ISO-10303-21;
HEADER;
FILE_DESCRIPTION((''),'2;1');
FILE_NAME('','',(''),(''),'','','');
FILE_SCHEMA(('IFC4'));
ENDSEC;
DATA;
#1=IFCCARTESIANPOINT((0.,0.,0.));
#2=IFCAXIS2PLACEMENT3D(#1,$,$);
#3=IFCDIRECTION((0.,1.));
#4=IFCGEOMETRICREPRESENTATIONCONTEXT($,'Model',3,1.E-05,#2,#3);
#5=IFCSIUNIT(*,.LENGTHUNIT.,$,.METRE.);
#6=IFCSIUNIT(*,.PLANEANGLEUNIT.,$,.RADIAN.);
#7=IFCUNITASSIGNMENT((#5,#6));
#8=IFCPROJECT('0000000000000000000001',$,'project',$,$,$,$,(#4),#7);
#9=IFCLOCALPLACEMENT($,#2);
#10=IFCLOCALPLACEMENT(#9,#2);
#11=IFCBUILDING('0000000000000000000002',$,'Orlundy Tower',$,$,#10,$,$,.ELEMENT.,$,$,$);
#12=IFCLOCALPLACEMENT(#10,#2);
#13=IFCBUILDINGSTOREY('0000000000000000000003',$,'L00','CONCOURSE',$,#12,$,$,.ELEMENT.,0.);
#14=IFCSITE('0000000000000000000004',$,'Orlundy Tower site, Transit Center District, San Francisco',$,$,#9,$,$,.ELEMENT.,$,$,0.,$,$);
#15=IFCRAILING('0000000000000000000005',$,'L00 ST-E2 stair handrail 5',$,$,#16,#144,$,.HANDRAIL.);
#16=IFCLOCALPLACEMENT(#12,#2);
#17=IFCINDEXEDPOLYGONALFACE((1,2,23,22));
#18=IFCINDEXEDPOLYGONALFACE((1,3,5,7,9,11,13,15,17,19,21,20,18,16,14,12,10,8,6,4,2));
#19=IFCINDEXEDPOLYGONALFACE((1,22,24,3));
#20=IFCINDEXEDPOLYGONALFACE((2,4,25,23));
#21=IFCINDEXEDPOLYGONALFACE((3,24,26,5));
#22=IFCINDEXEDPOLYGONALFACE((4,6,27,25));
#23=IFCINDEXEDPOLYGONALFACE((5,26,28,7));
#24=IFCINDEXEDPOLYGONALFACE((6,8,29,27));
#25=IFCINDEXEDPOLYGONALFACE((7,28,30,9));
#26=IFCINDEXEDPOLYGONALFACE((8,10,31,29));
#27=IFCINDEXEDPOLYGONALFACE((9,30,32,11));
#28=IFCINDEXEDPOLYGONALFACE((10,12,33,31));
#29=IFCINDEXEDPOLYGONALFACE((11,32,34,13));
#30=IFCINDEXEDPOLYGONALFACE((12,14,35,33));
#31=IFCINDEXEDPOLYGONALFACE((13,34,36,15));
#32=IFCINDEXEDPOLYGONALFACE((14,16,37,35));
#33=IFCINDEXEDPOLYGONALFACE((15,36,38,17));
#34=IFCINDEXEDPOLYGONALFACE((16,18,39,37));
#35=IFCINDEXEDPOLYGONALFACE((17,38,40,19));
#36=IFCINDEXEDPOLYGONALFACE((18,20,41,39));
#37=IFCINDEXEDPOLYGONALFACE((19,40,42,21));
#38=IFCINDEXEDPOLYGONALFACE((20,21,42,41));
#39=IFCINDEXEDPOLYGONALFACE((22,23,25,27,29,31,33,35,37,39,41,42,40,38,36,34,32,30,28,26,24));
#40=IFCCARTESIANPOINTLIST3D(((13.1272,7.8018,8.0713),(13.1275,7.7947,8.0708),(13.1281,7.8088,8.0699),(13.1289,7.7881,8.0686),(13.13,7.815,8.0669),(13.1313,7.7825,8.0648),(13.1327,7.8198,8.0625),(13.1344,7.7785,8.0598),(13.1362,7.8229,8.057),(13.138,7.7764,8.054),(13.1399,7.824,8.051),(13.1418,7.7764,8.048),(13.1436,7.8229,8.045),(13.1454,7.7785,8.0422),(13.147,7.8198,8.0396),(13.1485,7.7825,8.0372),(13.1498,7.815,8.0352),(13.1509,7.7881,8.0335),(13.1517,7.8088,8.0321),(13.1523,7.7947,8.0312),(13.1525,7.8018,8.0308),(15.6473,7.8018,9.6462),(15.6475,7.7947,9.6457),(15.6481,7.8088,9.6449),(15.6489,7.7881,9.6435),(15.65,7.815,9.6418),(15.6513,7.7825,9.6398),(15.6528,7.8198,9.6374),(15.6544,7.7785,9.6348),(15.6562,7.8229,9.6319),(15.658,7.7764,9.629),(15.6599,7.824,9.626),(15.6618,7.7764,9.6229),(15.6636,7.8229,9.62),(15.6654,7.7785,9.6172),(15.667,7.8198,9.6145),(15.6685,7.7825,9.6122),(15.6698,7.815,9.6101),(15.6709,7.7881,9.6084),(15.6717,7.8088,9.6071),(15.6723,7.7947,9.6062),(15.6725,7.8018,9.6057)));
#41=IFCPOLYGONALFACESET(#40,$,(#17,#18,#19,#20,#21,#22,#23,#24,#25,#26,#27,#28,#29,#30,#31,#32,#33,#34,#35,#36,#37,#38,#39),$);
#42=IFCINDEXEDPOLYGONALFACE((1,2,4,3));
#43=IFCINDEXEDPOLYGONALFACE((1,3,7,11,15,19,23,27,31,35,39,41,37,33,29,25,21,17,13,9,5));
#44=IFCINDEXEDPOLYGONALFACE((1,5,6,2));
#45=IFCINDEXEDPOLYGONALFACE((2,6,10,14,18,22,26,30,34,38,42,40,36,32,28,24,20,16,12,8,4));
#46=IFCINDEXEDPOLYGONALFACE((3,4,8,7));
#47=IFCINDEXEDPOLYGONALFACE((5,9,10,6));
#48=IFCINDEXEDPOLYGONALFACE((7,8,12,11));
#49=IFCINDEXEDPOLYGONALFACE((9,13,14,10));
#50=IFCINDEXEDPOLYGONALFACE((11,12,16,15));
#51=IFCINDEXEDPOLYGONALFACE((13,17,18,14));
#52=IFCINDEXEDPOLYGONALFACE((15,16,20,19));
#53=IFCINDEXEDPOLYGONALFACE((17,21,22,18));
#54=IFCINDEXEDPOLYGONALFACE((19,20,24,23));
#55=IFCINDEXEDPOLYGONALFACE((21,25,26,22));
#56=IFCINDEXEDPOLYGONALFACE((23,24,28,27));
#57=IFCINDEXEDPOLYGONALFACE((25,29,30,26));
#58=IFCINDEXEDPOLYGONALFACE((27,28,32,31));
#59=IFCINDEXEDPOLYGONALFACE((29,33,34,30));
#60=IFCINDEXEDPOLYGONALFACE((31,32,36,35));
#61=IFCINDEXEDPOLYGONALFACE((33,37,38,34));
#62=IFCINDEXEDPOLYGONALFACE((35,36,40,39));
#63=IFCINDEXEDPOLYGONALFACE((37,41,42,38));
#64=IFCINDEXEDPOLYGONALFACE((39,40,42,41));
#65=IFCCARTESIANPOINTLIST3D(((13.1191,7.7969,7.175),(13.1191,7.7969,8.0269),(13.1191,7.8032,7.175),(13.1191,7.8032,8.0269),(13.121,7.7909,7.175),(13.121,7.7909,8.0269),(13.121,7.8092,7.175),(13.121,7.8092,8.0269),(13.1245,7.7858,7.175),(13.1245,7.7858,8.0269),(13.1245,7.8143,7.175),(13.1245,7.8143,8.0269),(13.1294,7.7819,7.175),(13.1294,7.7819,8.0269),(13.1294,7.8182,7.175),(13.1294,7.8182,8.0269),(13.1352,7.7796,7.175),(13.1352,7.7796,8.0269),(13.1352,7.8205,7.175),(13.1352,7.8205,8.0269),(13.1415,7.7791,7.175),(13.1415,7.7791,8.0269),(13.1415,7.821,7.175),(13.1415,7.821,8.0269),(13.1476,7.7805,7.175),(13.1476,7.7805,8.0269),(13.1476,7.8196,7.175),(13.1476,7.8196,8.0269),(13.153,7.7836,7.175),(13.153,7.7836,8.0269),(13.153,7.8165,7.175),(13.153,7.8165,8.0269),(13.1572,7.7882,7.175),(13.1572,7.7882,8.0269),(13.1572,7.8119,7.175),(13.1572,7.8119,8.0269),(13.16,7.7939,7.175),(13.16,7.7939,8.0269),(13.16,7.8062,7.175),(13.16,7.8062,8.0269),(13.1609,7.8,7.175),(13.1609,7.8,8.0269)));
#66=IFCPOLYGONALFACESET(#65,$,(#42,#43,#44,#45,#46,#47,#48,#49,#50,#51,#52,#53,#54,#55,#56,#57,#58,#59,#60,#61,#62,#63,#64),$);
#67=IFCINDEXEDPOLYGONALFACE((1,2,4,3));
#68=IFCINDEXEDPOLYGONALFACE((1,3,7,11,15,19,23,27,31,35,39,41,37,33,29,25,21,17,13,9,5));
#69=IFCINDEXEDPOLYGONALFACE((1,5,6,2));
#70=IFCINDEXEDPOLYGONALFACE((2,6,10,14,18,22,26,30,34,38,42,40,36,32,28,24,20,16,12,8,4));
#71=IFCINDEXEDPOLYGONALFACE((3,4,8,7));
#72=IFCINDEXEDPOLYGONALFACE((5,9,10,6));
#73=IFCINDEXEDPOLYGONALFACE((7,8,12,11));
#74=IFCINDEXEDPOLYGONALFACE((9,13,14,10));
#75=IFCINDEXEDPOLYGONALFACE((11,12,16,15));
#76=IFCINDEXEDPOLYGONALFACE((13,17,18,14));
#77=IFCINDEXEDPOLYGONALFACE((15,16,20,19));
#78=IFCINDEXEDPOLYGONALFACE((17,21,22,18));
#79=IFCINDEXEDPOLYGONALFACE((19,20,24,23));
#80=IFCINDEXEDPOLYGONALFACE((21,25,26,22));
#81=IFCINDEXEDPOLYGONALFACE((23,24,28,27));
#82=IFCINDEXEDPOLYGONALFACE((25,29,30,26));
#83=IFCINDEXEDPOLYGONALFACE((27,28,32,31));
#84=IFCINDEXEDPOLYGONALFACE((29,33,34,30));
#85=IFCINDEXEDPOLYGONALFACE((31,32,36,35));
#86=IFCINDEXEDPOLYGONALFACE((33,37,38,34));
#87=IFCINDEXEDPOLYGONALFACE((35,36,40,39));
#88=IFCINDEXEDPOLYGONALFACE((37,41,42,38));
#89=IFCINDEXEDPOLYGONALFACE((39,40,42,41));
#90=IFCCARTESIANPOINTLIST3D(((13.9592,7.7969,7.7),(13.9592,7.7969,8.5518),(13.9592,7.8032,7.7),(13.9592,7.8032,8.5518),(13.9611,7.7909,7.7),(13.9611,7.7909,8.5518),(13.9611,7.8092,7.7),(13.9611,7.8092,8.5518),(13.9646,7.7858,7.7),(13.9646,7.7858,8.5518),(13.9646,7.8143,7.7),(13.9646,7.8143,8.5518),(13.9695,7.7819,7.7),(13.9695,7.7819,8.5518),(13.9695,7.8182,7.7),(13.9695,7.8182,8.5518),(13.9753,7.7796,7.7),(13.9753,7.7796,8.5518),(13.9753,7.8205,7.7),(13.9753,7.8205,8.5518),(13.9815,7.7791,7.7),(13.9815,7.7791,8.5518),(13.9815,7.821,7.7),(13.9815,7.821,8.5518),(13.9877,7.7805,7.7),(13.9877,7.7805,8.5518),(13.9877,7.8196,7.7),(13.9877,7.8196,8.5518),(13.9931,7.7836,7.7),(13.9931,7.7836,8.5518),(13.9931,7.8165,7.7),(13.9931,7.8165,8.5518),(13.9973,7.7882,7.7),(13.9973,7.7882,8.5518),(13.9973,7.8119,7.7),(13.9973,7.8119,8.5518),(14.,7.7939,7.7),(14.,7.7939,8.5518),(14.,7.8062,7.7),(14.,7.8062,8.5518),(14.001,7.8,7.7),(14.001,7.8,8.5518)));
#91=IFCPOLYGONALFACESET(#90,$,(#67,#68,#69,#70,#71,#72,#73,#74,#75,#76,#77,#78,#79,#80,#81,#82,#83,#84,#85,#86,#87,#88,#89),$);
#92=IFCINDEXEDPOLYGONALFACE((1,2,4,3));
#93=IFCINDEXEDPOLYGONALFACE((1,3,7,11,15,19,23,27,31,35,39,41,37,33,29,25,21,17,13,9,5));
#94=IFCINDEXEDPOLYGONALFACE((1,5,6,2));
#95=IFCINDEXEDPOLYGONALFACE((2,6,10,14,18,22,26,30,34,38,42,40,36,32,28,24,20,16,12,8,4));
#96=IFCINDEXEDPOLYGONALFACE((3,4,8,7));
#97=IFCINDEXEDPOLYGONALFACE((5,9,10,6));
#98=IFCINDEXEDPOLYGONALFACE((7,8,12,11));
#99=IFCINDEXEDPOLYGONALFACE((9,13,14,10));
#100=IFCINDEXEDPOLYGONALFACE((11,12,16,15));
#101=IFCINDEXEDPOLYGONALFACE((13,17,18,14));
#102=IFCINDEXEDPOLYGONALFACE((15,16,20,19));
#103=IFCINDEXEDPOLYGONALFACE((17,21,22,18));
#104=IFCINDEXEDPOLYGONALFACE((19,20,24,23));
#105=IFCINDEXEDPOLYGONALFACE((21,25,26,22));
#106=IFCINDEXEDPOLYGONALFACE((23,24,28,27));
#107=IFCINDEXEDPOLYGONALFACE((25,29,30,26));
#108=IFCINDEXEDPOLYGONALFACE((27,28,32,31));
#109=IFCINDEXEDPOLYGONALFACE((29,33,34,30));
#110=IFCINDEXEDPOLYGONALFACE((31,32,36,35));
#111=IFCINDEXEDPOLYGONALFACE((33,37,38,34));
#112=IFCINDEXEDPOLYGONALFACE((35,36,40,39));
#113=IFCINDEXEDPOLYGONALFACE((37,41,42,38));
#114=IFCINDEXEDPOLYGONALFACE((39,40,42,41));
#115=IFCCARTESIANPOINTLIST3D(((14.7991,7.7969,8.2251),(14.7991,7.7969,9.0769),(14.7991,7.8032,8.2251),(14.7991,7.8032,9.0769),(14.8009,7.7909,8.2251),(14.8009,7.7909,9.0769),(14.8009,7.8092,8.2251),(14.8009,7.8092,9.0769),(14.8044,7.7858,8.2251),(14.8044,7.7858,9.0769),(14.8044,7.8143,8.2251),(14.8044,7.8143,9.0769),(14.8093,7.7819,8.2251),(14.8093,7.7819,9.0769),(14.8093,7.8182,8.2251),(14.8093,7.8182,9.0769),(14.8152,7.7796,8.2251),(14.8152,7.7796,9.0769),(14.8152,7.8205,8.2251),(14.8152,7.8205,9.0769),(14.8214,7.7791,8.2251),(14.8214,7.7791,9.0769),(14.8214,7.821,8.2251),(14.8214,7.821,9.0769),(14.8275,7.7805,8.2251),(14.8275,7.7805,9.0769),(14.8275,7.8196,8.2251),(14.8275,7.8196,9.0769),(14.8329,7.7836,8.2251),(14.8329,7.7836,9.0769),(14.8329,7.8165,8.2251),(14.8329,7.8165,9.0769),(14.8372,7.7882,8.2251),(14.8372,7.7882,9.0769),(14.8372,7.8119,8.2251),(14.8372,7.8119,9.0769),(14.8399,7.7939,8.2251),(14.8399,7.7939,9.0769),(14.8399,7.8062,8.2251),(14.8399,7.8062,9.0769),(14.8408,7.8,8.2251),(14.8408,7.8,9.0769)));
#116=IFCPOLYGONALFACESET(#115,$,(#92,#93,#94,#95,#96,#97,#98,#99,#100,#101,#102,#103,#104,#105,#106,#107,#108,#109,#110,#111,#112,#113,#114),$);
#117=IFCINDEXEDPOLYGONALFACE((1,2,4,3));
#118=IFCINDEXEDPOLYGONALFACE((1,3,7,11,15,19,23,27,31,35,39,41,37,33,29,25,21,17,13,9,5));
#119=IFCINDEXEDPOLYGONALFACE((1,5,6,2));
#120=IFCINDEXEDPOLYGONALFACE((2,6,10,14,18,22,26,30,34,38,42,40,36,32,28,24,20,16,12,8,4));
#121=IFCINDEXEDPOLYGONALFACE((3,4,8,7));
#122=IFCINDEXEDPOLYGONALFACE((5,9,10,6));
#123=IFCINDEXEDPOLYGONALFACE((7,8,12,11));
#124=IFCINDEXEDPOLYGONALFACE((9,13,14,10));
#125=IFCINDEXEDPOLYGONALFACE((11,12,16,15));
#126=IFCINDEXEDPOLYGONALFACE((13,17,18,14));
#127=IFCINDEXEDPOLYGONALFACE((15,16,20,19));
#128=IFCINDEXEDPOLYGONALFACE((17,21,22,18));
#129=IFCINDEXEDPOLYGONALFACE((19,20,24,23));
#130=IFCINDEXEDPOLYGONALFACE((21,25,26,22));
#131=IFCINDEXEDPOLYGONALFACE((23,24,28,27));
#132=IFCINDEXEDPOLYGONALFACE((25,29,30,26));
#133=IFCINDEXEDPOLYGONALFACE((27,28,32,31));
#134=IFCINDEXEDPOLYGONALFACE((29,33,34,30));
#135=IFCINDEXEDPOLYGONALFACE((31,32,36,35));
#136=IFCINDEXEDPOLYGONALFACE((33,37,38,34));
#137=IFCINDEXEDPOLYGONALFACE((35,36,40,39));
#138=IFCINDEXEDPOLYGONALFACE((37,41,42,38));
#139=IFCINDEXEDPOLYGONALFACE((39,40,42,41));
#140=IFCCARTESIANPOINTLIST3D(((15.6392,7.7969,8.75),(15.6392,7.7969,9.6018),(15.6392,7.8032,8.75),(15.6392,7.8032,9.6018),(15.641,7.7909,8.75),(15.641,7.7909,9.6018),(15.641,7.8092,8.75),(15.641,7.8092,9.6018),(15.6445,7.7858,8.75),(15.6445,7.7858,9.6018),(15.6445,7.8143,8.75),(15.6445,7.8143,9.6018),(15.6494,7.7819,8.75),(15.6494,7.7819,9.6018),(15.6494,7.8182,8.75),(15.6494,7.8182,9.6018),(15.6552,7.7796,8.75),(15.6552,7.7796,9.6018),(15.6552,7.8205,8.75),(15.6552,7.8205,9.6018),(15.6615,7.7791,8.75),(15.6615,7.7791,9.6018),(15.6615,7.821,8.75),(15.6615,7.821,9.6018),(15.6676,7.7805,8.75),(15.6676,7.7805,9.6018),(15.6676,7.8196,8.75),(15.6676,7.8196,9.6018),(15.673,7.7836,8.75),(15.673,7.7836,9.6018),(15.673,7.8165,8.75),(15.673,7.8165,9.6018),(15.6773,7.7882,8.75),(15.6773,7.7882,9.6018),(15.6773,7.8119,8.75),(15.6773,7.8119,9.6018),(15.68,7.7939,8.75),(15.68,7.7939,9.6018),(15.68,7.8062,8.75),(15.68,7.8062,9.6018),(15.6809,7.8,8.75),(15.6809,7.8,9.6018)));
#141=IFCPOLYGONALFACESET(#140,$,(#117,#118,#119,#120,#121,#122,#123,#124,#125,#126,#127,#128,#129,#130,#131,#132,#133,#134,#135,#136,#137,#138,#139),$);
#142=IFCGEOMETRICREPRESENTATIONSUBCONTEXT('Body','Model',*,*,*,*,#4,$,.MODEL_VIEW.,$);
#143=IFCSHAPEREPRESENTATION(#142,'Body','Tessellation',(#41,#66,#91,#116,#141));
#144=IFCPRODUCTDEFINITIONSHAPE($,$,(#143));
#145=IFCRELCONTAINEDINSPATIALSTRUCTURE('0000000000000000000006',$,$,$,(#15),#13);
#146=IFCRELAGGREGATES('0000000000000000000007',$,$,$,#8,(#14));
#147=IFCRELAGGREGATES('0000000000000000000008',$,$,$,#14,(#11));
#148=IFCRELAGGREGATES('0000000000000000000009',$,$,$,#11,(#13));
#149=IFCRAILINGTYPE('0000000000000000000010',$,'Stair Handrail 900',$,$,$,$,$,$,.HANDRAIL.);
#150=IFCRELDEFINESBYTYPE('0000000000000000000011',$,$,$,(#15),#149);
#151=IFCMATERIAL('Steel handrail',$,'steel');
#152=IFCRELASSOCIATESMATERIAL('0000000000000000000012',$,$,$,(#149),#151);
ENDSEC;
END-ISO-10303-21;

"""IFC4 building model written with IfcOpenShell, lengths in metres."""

from ifc_helpers import new_model, si_unit, direction, frame, origin, origin_2d, place, context, subcontext, project, spatial, circle, extrude, material, type_object, element, save


model = new_model("IFC4")

# Units and contexts
model_context = context("Model", 3, precision=1e-05, world=origin(), true_north=direction((0.0, 1.0)))
body_context = subcontext(model_context, "Body", "Model", "MODEL_VIEW")
ifc_project = project(units=[si_unit("LENGTHUNIT", "METRE"), si_unit("PLANEANGLEUNIT", "RADIAN")], contexts=[model_context])

# Site, building, storey
site_placement = place(None, origin())
site = spatial("IfcSite", under=ifc_project, at=site_placement, Name="Orlundy Tower site, Transit Center District, San Francisco", CompositionType="ELEMENT", RefElevation=0.0)
building_placement = place(site_placement, origin())
building = spatial("IfcBuilding", under=site, at=building_placement, Name="Orlundy Tower", CompositionType="ELEMENT")
storey_placement = place(building_placement, origin())
storey = spatial("IfcBuildingStorey", under=building, at=storey_placement, Name="L00", Description="CONCOURSE", CompositionType="ELEMENT", Elevation=0.0)

# Railing
ifc_material_1 = material(Name="Steel handrail", Category="steel")
railing_type = type_object("IfcRailingType", Name="Stair Handrail 900", PredefinedType="HANDRAIL", material=ifc_material_1)
for number, where, name in (
    (1, (13.1399, 7.8, 7.175), "L00 ST-E2 stair handrail 5"),
):
    element("IfcRailing", number, at=place(storey_placement, frame(where)), inside=storey, type_object=railing_type, Name=name, PredefinedType="HANDRAIL", context=body_context, shape_type="SweptSolid", body=[
        extrude(circle(Radius=0.0239, at=origin_2d()), frame((0.0, 0.0, 0.876), z_axis=(0.848008, 0.0, 0.529984), x_axis=(0.0, 1.0, 0.0)), (0.0, 0.0, 1.0), 2.9717),
        extrude(circle(Radius=0.021, at=origin_2d()), origin(), (0.0, 0.0, 1.0), 0.8518),
        extrude(circle(Radius=0.021, at=origin_2d()), frame((0.8401, 0.0, 0.5249)), (0.0, 0.0, 1.0), 0.8518),
        extrude(circle(Radius=0.021, at=origin_2d()), frame((1.6799, 0.0, 1.05)), (0.0, 0.0, 1.0), 0.8518),
        extrude(circle(Radius=0.021, at=origin_2d()), frame((2.52, 0.0, 1.575)), (0.0, 0.0, 1.0), 0.8518),
    ])

save(model, "model.ifc")
